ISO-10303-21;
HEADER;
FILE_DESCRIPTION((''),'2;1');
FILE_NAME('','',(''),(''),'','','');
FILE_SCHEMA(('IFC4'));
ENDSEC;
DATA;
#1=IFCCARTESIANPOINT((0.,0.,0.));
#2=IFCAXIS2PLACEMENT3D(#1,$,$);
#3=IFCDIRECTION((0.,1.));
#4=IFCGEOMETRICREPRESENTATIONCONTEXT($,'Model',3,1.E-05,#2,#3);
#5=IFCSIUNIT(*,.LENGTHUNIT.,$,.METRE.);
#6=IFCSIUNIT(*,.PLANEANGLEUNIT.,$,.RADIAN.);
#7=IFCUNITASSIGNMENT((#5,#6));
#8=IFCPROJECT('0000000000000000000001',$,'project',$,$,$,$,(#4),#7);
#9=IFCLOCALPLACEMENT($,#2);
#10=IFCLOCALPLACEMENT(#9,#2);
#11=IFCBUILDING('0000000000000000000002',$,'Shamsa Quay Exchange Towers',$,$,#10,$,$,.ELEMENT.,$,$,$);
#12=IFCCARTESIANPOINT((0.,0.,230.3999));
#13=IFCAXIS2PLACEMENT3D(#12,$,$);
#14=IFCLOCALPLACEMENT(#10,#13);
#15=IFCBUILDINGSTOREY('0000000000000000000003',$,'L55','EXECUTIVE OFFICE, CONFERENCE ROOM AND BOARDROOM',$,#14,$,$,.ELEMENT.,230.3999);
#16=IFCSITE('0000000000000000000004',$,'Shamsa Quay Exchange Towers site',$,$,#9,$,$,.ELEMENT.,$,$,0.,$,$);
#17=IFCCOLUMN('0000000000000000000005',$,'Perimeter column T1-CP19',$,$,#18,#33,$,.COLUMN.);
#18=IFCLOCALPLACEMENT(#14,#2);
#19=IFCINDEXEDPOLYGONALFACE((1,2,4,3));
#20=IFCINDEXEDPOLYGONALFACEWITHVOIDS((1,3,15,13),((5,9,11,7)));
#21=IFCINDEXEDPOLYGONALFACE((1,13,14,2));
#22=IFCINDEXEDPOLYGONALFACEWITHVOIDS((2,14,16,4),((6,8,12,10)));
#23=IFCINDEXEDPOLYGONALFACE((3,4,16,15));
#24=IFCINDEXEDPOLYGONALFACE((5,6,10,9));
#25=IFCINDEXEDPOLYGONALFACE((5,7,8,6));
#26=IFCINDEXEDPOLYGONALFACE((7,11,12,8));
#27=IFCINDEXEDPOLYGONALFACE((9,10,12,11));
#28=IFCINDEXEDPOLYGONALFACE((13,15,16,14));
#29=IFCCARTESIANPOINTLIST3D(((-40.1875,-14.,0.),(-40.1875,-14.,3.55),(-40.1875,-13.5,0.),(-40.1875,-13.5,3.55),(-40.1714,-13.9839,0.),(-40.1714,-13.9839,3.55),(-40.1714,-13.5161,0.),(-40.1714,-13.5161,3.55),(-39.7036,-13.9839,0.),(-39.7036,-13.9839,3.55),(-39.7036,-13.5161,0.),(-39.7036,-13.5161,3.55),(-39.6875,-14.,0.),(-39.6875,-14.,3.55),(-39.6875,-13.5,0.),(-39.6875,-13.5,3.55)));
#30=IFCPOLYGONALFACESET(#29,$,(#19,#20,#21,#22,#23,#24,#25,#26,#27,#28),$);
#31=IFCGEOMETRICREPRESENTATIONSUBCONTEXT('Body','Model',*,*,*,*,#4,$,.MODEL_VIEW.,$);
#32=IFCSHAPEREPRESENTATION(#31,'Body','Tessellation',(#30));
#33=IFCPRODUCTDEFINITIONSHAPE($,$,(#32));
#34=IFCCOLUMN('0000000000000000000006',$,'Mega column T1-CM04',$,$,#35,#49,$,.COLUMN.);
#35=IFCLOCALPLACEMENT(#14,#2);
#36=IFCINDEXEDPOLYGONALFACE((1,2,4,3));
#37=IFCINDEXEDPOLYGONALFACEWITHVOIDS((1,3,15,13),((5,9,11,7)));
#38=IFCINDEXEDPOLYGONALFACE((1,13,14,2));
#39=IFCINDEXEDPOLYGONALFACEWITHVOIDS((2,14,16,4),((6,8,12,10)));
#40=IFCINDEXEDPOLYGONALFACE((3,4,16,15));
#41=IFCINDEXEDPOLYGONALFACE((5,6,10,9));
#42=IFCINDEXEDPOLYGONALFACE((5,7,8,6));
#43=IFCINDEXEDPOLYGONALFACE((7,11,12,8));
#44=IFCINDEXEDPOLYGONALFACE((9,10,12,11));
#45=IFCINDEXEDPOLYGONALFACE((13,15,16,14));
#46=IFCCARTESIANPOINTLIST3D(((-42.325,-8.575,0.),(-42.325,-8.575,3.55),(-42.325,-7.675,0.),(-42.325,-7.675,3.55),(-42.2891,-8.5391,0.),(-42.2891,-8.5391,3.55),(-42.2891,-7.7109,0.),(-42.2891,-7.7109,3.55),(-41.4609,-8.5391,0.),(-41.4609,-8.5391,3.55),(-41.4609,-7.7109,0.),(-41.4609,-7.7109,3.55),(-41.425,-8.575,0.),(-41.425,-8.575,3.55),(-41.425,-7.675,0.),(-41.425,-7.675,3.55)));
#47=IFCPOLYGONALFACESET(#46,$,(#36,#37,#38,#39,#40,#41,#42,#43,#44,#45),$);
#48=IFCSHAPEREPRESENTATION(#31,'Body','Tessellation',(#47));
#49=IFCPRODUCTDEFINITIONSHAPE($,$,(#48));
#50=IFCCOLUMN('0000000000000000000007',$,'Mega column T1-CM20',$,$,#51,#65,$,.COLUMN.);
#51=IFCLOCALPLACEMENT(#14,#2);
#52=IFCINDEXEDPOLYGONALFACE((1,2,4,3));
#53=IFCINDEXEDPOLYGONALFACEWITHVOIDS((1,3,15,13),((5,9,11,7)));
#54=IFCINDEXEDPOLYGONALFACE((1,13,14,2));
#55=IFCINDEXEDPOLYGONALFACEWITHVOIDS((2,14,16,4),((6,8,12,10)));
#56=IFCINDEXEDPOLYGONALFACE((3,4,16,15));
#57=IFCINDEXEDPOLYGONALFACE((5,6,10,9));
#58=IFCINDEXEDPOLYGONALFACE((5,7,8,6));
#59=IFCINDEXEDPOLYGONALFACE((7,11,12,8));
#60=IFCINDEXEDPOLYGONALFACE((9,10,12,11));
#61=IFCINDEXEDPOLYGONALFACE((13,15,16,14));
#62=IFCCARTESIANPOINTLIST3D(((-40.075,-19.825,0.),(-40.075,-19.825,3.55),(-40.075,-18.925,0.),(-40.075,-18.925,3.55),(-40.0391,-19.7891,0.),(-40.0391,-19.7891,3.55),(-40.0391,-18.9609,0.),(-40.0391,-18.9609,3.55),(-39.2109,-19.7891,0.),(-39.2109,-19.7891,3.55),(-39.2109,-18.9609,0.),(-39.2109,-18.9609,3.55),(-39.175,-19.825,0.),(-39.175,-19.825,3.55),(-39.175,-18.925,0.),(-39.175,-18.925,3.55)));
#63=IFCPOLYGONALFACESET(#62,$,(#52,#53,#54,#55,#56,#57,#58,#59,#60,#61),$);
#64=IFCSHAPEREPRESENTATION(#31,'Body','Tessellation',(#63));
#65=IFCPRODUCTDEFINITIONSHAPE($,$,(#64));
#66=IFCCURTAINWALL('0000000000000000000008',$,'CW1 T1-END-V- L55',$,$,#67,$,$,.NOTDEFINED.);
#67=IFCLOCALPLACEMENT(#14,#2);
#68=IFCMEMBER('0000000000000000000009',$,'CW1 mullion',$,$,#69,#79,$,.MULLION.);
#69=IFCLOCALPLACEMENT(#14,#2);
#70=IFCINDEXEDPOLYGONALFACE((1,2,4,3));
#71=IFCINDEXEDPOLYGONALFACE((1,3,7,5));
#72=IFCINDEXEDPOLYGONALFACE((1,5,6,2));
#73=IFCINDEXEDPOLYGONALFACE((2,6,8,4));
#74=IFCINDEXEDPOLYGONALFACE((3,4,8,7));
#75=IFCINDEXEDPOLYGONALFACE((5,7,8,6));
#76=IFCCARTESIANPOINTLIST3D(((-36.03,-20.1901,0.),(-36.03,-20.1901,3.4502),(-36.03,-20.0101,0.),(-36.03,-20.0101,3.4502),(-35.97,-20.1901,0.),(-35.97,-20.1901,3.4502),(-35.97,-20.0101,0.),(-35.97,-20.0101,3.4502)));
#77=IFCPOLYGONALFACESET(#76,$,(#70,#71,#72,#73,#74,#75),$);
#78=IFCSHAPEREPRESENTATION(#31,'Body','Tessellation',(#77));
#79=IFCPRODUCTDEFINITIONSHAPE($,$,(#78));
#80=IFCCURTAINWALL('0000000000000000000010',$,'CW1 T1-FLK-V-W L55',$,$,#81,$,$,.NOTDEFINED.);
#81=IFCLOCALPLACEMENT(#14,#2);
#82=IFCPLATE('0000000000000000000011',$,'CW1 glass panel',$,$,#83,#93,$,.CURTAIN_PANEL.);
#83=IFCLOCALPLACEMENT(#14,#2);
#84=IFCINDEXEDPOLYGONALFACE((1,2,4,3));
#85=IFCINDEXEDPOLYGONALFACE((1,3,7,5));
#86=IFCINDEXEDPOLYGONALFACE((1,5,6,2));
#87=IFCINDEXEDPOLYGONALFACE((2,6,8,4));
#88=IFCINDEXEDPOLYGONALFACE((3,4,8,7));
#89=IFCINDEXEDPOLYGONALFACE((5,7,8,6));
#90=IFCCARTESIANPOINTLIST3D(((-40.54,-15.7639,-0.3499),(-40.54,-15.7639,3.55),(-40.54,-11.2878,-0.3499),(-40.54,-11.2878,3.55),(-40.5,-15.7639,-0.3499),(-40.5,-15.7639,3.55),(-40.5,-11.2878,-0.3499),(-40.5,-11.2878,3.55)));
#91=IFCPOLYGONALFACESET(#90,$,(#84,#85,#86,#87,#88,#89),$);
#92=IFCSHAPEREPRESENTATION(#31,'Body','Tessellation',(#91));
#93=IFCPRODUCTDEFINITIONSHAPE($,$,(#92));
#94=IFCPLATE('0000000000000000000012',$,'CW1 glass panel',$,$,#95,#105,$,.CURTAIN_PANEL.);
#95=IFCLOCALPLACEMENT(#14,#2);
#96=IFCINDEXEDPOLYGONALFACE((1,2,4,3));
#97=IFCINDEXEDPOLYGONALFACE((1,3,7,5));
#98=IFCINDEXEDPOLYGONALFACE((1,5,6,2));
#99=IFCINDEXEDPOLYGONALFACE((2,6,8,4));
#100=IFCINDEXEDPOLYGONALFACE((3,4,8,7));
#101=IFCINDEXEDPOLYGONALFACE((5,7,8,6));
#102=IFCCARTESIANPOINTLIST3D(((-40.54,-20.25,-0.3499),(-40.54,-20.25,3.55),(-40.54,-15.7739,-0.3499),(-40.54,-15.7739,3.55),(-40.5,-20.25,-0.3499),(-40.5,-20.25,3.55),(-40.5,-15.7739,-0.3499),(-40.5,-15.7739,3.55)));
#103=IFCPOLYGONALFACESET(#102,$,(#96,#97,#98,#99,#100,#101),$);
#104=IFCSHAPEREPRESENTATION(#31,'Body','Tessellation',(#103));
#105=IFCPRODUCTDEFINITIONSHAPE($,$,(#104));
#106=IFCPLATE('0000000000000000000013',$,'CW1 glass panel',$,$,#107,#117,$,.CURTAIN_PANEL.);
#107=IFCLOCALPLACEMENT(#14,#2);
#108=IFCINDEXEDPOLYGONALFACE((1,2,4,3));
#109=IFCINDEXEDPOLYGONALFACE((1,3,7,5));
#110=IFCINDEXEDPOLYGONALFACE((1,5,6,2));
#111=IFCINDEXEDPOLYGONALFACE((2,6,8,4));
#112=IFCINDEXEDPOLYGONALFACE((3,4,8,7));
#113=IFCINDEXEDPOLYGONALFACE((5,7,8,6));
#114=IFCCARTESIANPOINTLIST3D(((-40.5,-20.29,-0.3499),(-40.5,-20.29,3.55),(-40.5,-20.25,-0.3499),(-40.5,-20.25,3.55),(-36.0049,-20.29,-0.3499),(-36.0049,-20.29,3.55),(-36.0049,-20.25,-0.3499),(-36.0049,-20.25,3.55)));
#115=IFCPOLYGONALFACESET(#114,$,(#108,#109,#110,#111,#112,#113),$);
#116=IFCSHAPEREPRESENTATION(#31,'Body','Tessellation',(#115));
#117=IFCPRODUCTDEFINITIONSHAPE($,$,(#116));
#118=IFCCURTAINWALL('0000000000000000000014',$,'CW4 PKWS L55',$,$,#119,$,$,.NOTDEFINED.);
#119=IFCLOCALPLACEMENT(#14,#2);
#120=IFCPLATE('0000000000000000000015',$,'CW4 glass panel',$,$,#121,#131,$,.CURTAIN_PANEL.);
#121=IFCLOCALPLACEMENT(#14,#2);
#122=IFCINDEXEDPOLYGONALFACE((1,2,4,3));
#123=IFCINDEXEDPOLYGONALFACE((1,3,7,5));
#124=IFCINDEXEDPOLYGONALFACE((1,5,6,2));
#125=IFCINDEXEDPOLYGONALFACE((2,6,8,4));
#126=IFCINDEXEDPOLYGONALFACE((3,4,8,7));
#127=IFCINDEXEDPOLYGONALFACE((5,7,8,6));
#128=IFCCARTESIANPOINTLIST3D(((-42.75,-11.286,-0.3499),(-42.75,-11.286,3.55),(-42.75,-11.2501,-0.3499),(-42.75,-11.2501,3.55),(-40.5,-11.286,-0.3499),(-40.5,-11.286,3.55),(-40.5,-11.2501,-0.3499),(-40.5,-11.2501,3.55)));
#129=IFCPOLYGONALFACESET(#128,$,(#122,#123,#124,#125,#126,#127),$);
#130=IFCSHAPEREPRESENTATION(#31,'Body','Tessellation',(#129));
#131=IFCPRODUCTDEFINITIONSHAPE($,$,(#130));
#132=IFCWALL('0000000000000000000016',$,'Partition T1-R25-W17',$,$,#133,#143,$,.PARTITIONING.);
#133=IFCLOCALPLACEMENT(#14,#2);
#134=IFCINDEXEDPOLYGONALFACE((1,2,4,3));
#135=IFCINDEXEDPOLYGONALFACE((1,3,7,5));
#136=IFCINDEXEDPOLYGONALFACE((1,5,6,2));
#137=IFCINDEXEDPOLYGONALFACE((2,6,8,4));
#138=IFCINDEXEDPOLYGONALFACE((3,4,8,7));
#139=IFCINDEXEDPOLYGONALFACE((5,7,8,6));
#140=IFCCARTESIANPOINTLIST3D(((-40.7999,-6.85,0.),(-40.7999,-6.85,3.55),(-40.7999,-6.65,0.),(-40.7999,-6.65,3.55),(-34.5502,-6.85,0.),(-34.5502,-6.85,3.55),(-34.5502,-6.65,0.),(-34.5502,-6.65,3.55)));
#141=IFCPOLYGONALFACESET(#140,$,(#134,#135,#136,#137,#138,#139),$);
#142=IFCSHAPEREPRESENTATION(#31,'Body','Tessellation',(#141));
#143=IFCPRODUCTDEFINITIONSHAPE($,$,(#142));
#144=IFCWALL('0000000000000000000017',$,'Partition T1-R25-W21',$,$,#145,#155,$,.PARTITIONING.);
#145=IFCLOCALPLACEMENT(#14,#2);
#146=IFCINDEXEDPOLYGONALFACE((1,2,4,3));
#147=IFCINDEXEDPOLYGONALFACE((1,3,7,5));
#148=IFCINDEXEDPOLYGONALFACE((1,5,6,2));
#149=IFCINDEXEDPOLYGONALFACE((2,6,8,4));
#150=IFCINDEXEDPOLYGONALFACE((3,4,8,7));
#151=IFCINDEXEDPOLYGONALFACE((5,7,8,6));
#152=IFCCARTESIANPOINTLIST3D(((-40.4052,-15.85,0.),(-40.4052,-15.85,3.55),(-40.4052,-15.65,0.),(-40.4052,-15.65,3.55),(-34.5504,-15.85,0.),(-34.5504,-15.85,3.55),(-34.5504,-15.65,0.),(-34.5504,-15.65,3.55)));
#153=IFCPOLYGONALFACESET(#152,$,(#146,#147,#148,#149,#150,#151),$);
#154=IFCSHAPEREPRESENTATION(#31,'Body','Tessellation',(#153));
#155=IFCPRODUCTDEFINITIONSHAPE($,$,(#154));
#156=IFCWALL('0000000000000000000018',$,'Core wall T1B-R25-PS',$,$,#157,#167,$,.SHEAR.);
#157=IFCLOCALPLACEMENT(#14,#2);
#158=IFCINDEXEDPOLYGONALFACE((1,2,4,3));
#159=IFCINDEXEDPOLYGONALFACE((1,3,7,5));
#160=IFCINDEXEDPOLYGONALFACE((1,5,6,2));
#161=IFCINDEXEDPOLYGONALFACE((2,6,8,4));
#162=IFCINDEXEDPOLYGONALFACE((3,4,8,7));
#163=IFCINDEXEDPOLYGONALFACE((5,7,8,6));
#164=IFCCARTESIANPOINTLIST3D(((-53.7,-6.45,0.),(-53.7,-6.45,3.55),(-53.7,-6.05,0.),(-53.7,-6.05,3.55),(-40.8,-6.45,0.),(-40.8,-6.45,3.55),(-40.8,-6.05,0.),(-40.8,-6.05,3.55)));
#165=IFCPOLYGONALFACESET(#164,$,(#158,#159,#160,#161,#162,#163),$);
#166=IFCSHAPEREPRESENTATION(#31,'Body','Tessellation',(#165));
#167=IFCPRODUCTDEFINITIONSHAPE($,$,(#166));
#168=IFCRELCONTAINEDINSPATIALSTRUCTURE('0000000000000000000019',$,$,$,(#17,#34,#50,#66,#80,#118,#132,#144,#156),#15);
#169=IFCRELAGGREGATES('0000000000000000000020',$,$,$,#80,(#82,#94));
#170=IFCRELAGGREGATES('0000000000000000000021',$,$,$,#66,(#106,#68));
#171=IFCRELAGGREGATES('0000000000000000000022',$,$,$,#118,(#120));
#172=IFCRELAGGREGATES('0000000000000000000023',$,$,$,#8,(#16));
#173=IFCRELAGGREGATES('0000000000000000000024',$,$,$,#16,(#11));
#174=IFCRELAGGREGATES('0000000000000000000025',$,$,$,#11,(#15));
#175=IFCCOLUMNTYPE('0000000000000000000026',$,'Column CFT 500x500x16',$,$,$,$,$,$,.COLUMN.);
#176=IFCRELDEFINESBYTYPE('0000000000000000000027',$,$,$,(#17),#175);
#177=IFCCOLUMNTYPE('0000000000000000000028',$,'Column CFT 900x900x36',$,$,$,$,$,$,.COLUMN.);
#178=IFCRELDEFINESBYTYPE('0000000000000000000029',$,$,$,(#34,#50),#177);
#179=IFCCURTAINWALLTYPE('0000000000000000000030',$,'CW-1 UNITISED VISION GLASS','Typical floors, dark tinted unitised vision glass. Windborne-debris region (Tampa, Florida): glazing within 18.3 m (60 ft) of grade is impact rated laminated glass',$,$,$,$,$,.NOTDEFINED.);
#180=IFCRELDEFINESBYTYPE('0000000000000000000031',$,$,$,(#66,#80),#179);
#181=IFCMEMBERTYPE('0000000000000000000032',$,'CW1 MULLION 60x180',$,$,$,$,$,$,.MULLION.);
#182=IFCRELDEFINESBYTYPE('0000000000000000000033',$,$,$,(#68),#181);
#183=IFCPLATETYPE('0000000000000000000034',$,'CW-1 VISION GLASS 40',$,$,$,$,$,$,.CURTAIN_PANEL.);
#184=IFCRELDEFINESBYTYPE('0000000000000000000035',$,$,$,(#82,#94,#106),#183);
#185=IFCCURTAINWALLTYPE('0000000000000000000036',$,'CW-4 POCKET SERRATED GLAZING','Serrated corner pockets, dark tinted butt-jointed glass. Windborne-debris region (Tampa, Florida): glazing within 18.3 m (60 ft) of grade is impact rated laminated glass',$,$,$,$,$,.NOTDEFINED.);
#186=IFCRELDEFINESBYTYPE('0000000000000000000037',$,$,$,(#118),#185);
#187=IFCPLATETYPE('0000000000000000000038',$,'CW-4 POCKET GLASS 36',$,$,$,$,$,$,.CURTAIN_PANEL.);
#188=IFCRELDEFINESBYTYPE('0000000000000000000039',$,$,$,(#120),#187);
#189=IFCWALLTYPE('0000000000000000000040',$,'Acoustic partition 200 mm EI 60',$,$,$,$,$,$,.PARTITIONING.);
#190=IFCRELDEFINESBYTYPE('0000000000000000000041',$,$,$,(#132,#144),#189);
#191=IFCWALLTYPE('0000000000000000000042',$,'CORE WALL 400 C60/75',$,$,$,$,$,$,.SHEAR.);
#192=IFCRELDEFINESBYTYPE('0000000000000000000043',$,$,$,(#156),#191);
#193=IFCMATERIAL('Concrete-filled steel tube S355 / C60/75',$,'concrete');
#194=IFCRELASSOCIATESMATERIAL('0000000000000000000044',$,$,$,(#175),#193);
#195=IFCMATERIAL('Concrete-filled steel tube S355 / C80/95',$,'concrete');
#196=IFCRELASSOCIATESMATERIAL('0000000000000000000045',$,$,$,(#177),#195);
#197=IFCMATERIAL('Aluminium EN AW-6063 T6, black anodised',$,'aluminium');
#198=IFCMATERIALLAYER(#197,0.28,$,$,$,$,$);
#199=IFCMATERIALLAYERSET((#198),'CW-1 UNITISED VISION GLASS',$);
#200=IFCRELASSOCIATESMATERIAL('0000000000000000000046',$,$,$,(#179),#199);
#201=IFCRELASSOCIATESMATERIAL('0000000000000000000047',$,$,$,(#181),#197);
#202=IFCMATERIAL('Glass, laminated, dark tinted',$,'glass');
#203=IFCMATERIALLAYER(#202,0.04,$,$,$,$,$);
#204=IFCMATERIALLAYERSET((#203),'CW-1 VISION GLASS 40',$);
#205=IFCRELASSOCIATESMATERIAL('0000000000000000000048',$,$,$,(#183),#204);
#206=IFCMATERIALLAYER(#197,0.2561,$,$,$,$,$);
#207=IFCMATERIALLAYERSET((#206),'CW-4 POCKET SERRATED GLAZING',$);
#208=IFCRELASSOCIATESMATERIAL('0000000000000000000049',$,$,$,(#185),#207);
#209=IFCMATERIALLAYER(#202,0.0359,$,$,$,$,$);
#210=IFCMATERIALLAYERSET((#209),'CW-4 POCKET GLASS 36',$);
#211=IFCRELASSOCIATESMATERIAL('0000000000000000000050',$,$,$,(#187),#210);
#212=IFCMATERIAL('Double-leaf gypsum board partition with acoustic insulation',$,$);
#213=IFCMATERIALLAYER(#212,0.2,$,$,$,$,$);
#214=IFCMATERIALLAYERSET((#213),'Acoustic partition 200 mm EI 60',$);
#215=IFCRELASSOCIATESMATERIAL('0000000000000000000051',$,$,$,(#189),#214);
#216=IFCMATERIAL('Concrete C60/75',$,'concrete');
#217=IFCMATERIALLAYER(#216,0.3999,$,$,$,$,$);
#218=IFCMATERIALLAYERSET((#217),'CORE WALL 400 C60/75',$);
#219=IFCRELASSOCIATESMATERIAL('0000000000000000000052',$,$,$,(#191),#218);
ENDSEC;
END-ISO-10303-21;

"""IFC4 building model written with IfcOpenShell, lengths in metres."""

from ifc_helpers import new_model, si_unit, direction, frame, frame_2d, origin, origin_2d, place, context, subcontext, project, spatial, rectangle, hollow_rectangle, extrude, material, layer, layer_set, material_profile, profile_set, type_object, element, aggregate, save


model = new_model("IFC4")

# Units and contexts
model_context = context("Model", 3, precision=1e-05, world=origin(), true_north=direction((0.0, 1.0)))
body_context = subcontext(model_context, "Body", "Model", "MODEL_VIEW")
ifc_project = project(units=[si_unit("LENGTHUNIT", "METRE"), si_unit("PLANEANGLEUNIT", "RADIAN")], contexts=[model_context])

# Site, building, storey
site_placement = place(None, origin())
site = spatial("IfcSite", under=ifc_project, at=site_placement, Name="Shamsa Quay Exchange Towers site", CompositionType="ELEMENT", RefElevation=0.0)
building_placement = place(site_placement, origin())
building = spatial("IfcBuilding", under=site, at=building_placement, Name="Shamsa Quay Exchange Towers", CompositionType="ELEMENT")
storey_placement = place(building_placement, frame((0.0, 0.0, 230.3999)))
storey = spatial("IfcBuildingStorey", under=building, at=storey_placement, Name="L55", Description="EXECUTIVE OFFICE, CONFERENCE ROOM AND BOARDROOM", CompositionType="ELEMENT", Elevation=230.3999)

# Columns
ifc_material_1 = material(Name="Concrete-filled steel tube S355 / C60/75", Category="concrete")
ifc_material_profile_1 = material_profile(ifc_material_1, hollow_rectangle(XDim=0.5, YDim=0.5, WallThickness=0.0161, at=origin_2d()), Name="CFT 500x500x16")
ifc_profile_set_1 = profile_set([ifc_material_profile_1], Name="Concrete-filled steel tube S355 / C60/75")
column_type_1 = type_object("IfcColumnType", Name="Column CFT 500x500x16", PredefinedType="COLUMN", material=ifc_profile_set_1)
column_placement = place(storey_placement, frame((-39.9375, -13.75, 0.0)))
element("IfcColumn", 1, at=column_placement, inside=storey, type_object=column_type_1, Name="Perimeter column T1-CP19", PredefinedType="COLUMN", context=body_context, shape_type="SweptSolid", body=[
    extrude(hollow_rectangle(XDim=0.5, YDim=0.5, WallThickness=0.0161, at=origin_2d()), origin(), (0.0, 0.0, 1.0), 3.55),
])
ifc_material_2 = material(Name="Concrete-filled steel tube S355 / C80/95", Category="concrete")
ifc_material_profile_2 = material_profile(ifc_material_2, hollow_rectangle(XDim=0.8999, YDim=0.8999, WallThickness=0.0359, at=origin_2d()), Name="CFT 900x900x36")
ifc_profile_set_2 = profile_set([ifc_material_profile_2], Name="Concrete-filled steel tube S355 / C80/95")
column_type_2 = type_object("IfcColumnType", Name="Column CFT 900x900x36", PredefinedType="COLUMN", material=ifc_profile_set_2)
for number, where, name in (
    (2, (-41.875, -8.125, 0.0), "Mega column T1-CM04"),
    (3, (-39.625, -19.375, 0.0), "Mega column T1-CM20"),
):
    element("IfcColumn", number, at=place(storey_placement, frame(where)), inside=storey, type_object=column_type_2, Name=name, PredefinedType="COLUMN", context=body_context, shape_type="SweptSolid", body=[
        extrude(hollow_rectangle(XDim=0.8999, YDim=0.8999, WallThickness=0.0359, at=origin_2d()), origin(), (0.0, 0.0, 1.0), 3.55),
    ])

# Curtain wall, member
ifc_material_3 = material(Name="Aluminium EN AW-6063 T6, black anodised", Category="aluminium")
ifc_layer_1 = layer(ifc_material_3, 0.28)
ifc_layer_set_1 = layer_set([ifc_layer_1], Name="CW-1 UNITISED VISION GLASS")
curtain_wall_type_1 = type_object("IfcCurtainWallType", Name="CW-1 UNITISED VISION GLASS", Description="Typical floors, dark tinted unitised vision glass. Windborne-debris region (Tampa, Florida): glazing within 18.3 m (60 ft) of grade is impact rated laminated glass", PredefinedType="NOTDEFINED", material=ifc_layer_set_1)
curtain_wall_1_placement = place(storey_placement, origin())
curtain_wall_1 = element("IfcCurtainWall", 4, at=curtain_wall_1_placement, inside=storey, type_object=curtain_wall_type_1, Name="CW1 T1-END-V- L55", PredefinedType="NOTDEFINED")
ifc_material_profile_3 = material_profile(ifc_material_3, rectangle(XDim=0.1799, YDim=0.0601, at=origin_2d()), Name="MU60x180")
ifc_profile_set_3 = profile_set([ifc_material_profile_3], Name="Aluminium EN AW-6063 T6, black anodised")
member_type = type_object("IfcMemberType", Name="CW1 MULLION 60x180", PredefinedType="MULLION", material=ifc_profile_set_3)
member_placement = place(storey_placement, frame((-36.0, -20.1001, 0.0), z_axis=(0.0, 0.0, 1.0), x_axis=(0.0, 1.0, 0.0)))
member = element("IfcMember", 5, at=member_placement, type_object=member_type, Name="CW1 mullion", PredefinedType="MULLION", context=body_context, shape_type="SweptSolid", body=[
    extrude(rectangle(XDim=0.1799, YDim=0.0601, at=origin_2d()), origin(), (0.0, 0.0, 1.0), 3.4502),
])

# Curtain wall, plates
curtain_wall_2_placement = place(storey_placement, origin())
curtain_wall_2 = element("IfcCurtainWall", 6, at=curtain_wall_2_placement, inside=storey, type_object=curtain_wall_type_1, Name="CW1 T1-FLK-V-W L55", PredefinedType="NOTDEFINED")
ifc_material_4 = material(Name="Glass, laminated, dark tinted", Category="glass")
ifc_layer_2 = layer(ifc_material_4, 0.04)
ifc_layer_set_2 = layer_set([ifc_layer_2], Name="CW-1 VISION GLASS 40")
plate_type_1 = type_object("IfcPlateType", Name="CW-1 VISION GLASS 40", PredefinedType="CURTAIN_PANEL", material=ifc_layer_set_2)
plate_1_placement = place(storey_placement, frame((-40.52, -13.5259, -0.3499), z_axis=(0.0, 0.0, 1.0), x_axis=(0.0, -1.0, 0.0)))
plate_1 = element("IfcPlate", 7, at=plate_1_placement, type_object=plate_type_1, Name="CW1 glass panel", PredefinedType="CURTAIN_PANEL", context=body_context, shape_type="SweptSolid", body=[
    extrude(rectangle(XDim=4.4761, YDim=0.04, at=origin_2d()), origin(), (0.0, 0.0, 1.0), 3.8999),
])
plate_2_placement = place(storey_placement, frame((-40.52, -18.012, -0.3499), z_axis=(0.0, 0.0, 1.0), x_axis=(0.0, -1.0, 0.0)))
plate_2 = element("IfcPlate", 8, at=plate_2_placement, type_object=plate_type_1, Name="CW1 glass panel", PredefinedType="CURTAIN_PANEL", context=body_context, shape_type="SweptSolid", body=[
    extrude(rectangle(XDim=4.4761, YDim=0.04, at=origin_2d()), origin(), (0.0, 0.0, 1.0), 3.8999),
])
aggregate(curtain_wall_2, [plate_1, plate_2])

# Plate
plate_3_placement = place(storey_placement, frame((-38.2524, -20.27, -0.3499)))
plate_3 = element("IfcPlate", 9, at=plate_3_placement, type_object=plate_type_1, Name="CW1 glass panel", PredefinedType="CURTAIN_PANEL", context=body_context, shape_type="SweptSolid", body=[
    extrude(rectangle(XDim=4.4951, YDim=0.04, at=origin_2d()), origin(), (0.0, 0.0, 1.0), 3.8999),
])
aggregate(curtain_wall_1, [plate_3, member])

# Curtain wall, plate
ifc_layer_3 = layer(ifc_material_3, 0.2561)
ifc_layer_set_3 = layer_set([ifc_layer_3], Name="CW-4 POCKET SERRATED GLAZING")
curtain_wall_type_2 = type_object("IfcCurtainWallType", Name="CW-4 POCKET SERRATED GLAZING", Description="Serrated corner pockets, dark tinted butt-jointed glass. Windborne-debris region (Tampa, Florida): glazing within 18.3 m (60 ft) of grade is impact rated laminated glass", PredefinedType="NOTDEFINED", material=ifc_layer_set_3)
curtain_wall_3_placement = place(storey_placement, origin())
curtain_wall_3 = element("IfcCurtainWall", 10, at=curtain_wall_3_placement, inside=storey, type_object=curtain_wall_type_2, Name="CW4 PKWS L55", PredefinedType="NOTDEFINED")
ifc_layer_4 = layer(ifc_material_4, 0.0359)
ifc_layer_set_4 = layer_set([ifc_layer_4], Name="CW-4 POCKET GLASS 36")
plate_type_2 = type_object("IfcPlateType", Name="CW-4 POCKET GLASS 36", PredefinedType="CURTAIN_PANEL", material=ifc_layer_set_4)
plate_4_placement = place(storey_placement, frame((-41.625, -11.2681, -0.3499)))
plate_4 = element("IfcPlate", 11, at=plate_4_placement, type_object=plate_type_2, Name="CW4 glass panel", PredefinedType="CURTAIN_PANEL", context=body_context, shape_type="SweptSolid", body=[
    extrude(rectangle(XDim=2.25, YDim=0.0359, at=origin_2d()), origin(), (0.0, 0.0, 1.0), 3.8999),
])
aggregate(curtain_wall_3, [plate_4])

# Walls
ifc_material_5 = material(Name="Double-leaf gypsum board partition with acoustic insulation")
ifc_layer_5 = layer(ifc_material_5, 0.2)
ifc_layer_set_5 = layer_set([ifc_layer_5], Name="Acoustic partition 200 mm EI 60")
wall_type_1 = type_object("IfcWallType", Name="Acoustic partition 200 mm EI 60", PredefinedType="PARTITIONING", material=ifc_layer_set_5)
wall_1_placement = place(storey_placement, frame((-40.8, -6.75, 0.0)))
element("IfcWall", 12, at=wall_1_placement, inside=storey, type_object=wall_type_1, Name="Partition T1-R25-W17", PredefinedType="PARTITIONING", context=body_context, shape_type="SweptSolid", body=[
    extrude(rectangle(XDim=6.2498, YDim=0.2, at=frame_2d((3.125, 0.0))), origin(), (0.0, 0.0, 1.0), 3.55),
])
wall_2_placement = place(storey_placement, frame((-40.405, -15.75, 0.0)))
element("IfcWall", 13, at=wall_2_placement, inside=storey, type_object=wall_type_1, Name="Partition T1-R25-W21", PredefinedType="PARTITIONING", context=body_context, shape_type="SweptSolid", body=[
    extrude(rectangle(XDim=5.8547, YDim=0.2, at=frame_2d((2.9272, 0.0))), origin(), (0.0, 0.0, 1.0), 3.55),
])
ifc_material_6 = material(Name="Concrete C60/75", Category="concrete")
ifc_layer_6 = layer(ifc_material_6, 0.3999)
ifc_layer_set_6 = layer_set([ifc_layer_6], Name="CORE WALL 400 C60/75")
wall_type_2 = type_object("IfcWallType", Name="CORE WALL 400 C60/75", PredefinedType="SHEAR", material=ifc_layer_set_6)
wall_3_placement = place(storey_placement, frame((-40.8, -6.25, 0.0), z_axis=(0.0, 0.0, 1.0), x_axis=(-1.0, 0.0, 0.0)))
element("IfcWall", 14, at=wall_3_placement, inside=storey, type_object=wall_type_2, Name="Core wall T1B-R25-PS", PredefinedType="SHEAR", context=body_context, shape_type="SweptSolid", body=[
    extrude(rectangle(XDim=12.8999, YDim=0.3999, at=frame_2d((6.45, 0.0))), origin(), (0.0, 0.0, 1.0), 3.55),
])

save(model, "model.ifc")
